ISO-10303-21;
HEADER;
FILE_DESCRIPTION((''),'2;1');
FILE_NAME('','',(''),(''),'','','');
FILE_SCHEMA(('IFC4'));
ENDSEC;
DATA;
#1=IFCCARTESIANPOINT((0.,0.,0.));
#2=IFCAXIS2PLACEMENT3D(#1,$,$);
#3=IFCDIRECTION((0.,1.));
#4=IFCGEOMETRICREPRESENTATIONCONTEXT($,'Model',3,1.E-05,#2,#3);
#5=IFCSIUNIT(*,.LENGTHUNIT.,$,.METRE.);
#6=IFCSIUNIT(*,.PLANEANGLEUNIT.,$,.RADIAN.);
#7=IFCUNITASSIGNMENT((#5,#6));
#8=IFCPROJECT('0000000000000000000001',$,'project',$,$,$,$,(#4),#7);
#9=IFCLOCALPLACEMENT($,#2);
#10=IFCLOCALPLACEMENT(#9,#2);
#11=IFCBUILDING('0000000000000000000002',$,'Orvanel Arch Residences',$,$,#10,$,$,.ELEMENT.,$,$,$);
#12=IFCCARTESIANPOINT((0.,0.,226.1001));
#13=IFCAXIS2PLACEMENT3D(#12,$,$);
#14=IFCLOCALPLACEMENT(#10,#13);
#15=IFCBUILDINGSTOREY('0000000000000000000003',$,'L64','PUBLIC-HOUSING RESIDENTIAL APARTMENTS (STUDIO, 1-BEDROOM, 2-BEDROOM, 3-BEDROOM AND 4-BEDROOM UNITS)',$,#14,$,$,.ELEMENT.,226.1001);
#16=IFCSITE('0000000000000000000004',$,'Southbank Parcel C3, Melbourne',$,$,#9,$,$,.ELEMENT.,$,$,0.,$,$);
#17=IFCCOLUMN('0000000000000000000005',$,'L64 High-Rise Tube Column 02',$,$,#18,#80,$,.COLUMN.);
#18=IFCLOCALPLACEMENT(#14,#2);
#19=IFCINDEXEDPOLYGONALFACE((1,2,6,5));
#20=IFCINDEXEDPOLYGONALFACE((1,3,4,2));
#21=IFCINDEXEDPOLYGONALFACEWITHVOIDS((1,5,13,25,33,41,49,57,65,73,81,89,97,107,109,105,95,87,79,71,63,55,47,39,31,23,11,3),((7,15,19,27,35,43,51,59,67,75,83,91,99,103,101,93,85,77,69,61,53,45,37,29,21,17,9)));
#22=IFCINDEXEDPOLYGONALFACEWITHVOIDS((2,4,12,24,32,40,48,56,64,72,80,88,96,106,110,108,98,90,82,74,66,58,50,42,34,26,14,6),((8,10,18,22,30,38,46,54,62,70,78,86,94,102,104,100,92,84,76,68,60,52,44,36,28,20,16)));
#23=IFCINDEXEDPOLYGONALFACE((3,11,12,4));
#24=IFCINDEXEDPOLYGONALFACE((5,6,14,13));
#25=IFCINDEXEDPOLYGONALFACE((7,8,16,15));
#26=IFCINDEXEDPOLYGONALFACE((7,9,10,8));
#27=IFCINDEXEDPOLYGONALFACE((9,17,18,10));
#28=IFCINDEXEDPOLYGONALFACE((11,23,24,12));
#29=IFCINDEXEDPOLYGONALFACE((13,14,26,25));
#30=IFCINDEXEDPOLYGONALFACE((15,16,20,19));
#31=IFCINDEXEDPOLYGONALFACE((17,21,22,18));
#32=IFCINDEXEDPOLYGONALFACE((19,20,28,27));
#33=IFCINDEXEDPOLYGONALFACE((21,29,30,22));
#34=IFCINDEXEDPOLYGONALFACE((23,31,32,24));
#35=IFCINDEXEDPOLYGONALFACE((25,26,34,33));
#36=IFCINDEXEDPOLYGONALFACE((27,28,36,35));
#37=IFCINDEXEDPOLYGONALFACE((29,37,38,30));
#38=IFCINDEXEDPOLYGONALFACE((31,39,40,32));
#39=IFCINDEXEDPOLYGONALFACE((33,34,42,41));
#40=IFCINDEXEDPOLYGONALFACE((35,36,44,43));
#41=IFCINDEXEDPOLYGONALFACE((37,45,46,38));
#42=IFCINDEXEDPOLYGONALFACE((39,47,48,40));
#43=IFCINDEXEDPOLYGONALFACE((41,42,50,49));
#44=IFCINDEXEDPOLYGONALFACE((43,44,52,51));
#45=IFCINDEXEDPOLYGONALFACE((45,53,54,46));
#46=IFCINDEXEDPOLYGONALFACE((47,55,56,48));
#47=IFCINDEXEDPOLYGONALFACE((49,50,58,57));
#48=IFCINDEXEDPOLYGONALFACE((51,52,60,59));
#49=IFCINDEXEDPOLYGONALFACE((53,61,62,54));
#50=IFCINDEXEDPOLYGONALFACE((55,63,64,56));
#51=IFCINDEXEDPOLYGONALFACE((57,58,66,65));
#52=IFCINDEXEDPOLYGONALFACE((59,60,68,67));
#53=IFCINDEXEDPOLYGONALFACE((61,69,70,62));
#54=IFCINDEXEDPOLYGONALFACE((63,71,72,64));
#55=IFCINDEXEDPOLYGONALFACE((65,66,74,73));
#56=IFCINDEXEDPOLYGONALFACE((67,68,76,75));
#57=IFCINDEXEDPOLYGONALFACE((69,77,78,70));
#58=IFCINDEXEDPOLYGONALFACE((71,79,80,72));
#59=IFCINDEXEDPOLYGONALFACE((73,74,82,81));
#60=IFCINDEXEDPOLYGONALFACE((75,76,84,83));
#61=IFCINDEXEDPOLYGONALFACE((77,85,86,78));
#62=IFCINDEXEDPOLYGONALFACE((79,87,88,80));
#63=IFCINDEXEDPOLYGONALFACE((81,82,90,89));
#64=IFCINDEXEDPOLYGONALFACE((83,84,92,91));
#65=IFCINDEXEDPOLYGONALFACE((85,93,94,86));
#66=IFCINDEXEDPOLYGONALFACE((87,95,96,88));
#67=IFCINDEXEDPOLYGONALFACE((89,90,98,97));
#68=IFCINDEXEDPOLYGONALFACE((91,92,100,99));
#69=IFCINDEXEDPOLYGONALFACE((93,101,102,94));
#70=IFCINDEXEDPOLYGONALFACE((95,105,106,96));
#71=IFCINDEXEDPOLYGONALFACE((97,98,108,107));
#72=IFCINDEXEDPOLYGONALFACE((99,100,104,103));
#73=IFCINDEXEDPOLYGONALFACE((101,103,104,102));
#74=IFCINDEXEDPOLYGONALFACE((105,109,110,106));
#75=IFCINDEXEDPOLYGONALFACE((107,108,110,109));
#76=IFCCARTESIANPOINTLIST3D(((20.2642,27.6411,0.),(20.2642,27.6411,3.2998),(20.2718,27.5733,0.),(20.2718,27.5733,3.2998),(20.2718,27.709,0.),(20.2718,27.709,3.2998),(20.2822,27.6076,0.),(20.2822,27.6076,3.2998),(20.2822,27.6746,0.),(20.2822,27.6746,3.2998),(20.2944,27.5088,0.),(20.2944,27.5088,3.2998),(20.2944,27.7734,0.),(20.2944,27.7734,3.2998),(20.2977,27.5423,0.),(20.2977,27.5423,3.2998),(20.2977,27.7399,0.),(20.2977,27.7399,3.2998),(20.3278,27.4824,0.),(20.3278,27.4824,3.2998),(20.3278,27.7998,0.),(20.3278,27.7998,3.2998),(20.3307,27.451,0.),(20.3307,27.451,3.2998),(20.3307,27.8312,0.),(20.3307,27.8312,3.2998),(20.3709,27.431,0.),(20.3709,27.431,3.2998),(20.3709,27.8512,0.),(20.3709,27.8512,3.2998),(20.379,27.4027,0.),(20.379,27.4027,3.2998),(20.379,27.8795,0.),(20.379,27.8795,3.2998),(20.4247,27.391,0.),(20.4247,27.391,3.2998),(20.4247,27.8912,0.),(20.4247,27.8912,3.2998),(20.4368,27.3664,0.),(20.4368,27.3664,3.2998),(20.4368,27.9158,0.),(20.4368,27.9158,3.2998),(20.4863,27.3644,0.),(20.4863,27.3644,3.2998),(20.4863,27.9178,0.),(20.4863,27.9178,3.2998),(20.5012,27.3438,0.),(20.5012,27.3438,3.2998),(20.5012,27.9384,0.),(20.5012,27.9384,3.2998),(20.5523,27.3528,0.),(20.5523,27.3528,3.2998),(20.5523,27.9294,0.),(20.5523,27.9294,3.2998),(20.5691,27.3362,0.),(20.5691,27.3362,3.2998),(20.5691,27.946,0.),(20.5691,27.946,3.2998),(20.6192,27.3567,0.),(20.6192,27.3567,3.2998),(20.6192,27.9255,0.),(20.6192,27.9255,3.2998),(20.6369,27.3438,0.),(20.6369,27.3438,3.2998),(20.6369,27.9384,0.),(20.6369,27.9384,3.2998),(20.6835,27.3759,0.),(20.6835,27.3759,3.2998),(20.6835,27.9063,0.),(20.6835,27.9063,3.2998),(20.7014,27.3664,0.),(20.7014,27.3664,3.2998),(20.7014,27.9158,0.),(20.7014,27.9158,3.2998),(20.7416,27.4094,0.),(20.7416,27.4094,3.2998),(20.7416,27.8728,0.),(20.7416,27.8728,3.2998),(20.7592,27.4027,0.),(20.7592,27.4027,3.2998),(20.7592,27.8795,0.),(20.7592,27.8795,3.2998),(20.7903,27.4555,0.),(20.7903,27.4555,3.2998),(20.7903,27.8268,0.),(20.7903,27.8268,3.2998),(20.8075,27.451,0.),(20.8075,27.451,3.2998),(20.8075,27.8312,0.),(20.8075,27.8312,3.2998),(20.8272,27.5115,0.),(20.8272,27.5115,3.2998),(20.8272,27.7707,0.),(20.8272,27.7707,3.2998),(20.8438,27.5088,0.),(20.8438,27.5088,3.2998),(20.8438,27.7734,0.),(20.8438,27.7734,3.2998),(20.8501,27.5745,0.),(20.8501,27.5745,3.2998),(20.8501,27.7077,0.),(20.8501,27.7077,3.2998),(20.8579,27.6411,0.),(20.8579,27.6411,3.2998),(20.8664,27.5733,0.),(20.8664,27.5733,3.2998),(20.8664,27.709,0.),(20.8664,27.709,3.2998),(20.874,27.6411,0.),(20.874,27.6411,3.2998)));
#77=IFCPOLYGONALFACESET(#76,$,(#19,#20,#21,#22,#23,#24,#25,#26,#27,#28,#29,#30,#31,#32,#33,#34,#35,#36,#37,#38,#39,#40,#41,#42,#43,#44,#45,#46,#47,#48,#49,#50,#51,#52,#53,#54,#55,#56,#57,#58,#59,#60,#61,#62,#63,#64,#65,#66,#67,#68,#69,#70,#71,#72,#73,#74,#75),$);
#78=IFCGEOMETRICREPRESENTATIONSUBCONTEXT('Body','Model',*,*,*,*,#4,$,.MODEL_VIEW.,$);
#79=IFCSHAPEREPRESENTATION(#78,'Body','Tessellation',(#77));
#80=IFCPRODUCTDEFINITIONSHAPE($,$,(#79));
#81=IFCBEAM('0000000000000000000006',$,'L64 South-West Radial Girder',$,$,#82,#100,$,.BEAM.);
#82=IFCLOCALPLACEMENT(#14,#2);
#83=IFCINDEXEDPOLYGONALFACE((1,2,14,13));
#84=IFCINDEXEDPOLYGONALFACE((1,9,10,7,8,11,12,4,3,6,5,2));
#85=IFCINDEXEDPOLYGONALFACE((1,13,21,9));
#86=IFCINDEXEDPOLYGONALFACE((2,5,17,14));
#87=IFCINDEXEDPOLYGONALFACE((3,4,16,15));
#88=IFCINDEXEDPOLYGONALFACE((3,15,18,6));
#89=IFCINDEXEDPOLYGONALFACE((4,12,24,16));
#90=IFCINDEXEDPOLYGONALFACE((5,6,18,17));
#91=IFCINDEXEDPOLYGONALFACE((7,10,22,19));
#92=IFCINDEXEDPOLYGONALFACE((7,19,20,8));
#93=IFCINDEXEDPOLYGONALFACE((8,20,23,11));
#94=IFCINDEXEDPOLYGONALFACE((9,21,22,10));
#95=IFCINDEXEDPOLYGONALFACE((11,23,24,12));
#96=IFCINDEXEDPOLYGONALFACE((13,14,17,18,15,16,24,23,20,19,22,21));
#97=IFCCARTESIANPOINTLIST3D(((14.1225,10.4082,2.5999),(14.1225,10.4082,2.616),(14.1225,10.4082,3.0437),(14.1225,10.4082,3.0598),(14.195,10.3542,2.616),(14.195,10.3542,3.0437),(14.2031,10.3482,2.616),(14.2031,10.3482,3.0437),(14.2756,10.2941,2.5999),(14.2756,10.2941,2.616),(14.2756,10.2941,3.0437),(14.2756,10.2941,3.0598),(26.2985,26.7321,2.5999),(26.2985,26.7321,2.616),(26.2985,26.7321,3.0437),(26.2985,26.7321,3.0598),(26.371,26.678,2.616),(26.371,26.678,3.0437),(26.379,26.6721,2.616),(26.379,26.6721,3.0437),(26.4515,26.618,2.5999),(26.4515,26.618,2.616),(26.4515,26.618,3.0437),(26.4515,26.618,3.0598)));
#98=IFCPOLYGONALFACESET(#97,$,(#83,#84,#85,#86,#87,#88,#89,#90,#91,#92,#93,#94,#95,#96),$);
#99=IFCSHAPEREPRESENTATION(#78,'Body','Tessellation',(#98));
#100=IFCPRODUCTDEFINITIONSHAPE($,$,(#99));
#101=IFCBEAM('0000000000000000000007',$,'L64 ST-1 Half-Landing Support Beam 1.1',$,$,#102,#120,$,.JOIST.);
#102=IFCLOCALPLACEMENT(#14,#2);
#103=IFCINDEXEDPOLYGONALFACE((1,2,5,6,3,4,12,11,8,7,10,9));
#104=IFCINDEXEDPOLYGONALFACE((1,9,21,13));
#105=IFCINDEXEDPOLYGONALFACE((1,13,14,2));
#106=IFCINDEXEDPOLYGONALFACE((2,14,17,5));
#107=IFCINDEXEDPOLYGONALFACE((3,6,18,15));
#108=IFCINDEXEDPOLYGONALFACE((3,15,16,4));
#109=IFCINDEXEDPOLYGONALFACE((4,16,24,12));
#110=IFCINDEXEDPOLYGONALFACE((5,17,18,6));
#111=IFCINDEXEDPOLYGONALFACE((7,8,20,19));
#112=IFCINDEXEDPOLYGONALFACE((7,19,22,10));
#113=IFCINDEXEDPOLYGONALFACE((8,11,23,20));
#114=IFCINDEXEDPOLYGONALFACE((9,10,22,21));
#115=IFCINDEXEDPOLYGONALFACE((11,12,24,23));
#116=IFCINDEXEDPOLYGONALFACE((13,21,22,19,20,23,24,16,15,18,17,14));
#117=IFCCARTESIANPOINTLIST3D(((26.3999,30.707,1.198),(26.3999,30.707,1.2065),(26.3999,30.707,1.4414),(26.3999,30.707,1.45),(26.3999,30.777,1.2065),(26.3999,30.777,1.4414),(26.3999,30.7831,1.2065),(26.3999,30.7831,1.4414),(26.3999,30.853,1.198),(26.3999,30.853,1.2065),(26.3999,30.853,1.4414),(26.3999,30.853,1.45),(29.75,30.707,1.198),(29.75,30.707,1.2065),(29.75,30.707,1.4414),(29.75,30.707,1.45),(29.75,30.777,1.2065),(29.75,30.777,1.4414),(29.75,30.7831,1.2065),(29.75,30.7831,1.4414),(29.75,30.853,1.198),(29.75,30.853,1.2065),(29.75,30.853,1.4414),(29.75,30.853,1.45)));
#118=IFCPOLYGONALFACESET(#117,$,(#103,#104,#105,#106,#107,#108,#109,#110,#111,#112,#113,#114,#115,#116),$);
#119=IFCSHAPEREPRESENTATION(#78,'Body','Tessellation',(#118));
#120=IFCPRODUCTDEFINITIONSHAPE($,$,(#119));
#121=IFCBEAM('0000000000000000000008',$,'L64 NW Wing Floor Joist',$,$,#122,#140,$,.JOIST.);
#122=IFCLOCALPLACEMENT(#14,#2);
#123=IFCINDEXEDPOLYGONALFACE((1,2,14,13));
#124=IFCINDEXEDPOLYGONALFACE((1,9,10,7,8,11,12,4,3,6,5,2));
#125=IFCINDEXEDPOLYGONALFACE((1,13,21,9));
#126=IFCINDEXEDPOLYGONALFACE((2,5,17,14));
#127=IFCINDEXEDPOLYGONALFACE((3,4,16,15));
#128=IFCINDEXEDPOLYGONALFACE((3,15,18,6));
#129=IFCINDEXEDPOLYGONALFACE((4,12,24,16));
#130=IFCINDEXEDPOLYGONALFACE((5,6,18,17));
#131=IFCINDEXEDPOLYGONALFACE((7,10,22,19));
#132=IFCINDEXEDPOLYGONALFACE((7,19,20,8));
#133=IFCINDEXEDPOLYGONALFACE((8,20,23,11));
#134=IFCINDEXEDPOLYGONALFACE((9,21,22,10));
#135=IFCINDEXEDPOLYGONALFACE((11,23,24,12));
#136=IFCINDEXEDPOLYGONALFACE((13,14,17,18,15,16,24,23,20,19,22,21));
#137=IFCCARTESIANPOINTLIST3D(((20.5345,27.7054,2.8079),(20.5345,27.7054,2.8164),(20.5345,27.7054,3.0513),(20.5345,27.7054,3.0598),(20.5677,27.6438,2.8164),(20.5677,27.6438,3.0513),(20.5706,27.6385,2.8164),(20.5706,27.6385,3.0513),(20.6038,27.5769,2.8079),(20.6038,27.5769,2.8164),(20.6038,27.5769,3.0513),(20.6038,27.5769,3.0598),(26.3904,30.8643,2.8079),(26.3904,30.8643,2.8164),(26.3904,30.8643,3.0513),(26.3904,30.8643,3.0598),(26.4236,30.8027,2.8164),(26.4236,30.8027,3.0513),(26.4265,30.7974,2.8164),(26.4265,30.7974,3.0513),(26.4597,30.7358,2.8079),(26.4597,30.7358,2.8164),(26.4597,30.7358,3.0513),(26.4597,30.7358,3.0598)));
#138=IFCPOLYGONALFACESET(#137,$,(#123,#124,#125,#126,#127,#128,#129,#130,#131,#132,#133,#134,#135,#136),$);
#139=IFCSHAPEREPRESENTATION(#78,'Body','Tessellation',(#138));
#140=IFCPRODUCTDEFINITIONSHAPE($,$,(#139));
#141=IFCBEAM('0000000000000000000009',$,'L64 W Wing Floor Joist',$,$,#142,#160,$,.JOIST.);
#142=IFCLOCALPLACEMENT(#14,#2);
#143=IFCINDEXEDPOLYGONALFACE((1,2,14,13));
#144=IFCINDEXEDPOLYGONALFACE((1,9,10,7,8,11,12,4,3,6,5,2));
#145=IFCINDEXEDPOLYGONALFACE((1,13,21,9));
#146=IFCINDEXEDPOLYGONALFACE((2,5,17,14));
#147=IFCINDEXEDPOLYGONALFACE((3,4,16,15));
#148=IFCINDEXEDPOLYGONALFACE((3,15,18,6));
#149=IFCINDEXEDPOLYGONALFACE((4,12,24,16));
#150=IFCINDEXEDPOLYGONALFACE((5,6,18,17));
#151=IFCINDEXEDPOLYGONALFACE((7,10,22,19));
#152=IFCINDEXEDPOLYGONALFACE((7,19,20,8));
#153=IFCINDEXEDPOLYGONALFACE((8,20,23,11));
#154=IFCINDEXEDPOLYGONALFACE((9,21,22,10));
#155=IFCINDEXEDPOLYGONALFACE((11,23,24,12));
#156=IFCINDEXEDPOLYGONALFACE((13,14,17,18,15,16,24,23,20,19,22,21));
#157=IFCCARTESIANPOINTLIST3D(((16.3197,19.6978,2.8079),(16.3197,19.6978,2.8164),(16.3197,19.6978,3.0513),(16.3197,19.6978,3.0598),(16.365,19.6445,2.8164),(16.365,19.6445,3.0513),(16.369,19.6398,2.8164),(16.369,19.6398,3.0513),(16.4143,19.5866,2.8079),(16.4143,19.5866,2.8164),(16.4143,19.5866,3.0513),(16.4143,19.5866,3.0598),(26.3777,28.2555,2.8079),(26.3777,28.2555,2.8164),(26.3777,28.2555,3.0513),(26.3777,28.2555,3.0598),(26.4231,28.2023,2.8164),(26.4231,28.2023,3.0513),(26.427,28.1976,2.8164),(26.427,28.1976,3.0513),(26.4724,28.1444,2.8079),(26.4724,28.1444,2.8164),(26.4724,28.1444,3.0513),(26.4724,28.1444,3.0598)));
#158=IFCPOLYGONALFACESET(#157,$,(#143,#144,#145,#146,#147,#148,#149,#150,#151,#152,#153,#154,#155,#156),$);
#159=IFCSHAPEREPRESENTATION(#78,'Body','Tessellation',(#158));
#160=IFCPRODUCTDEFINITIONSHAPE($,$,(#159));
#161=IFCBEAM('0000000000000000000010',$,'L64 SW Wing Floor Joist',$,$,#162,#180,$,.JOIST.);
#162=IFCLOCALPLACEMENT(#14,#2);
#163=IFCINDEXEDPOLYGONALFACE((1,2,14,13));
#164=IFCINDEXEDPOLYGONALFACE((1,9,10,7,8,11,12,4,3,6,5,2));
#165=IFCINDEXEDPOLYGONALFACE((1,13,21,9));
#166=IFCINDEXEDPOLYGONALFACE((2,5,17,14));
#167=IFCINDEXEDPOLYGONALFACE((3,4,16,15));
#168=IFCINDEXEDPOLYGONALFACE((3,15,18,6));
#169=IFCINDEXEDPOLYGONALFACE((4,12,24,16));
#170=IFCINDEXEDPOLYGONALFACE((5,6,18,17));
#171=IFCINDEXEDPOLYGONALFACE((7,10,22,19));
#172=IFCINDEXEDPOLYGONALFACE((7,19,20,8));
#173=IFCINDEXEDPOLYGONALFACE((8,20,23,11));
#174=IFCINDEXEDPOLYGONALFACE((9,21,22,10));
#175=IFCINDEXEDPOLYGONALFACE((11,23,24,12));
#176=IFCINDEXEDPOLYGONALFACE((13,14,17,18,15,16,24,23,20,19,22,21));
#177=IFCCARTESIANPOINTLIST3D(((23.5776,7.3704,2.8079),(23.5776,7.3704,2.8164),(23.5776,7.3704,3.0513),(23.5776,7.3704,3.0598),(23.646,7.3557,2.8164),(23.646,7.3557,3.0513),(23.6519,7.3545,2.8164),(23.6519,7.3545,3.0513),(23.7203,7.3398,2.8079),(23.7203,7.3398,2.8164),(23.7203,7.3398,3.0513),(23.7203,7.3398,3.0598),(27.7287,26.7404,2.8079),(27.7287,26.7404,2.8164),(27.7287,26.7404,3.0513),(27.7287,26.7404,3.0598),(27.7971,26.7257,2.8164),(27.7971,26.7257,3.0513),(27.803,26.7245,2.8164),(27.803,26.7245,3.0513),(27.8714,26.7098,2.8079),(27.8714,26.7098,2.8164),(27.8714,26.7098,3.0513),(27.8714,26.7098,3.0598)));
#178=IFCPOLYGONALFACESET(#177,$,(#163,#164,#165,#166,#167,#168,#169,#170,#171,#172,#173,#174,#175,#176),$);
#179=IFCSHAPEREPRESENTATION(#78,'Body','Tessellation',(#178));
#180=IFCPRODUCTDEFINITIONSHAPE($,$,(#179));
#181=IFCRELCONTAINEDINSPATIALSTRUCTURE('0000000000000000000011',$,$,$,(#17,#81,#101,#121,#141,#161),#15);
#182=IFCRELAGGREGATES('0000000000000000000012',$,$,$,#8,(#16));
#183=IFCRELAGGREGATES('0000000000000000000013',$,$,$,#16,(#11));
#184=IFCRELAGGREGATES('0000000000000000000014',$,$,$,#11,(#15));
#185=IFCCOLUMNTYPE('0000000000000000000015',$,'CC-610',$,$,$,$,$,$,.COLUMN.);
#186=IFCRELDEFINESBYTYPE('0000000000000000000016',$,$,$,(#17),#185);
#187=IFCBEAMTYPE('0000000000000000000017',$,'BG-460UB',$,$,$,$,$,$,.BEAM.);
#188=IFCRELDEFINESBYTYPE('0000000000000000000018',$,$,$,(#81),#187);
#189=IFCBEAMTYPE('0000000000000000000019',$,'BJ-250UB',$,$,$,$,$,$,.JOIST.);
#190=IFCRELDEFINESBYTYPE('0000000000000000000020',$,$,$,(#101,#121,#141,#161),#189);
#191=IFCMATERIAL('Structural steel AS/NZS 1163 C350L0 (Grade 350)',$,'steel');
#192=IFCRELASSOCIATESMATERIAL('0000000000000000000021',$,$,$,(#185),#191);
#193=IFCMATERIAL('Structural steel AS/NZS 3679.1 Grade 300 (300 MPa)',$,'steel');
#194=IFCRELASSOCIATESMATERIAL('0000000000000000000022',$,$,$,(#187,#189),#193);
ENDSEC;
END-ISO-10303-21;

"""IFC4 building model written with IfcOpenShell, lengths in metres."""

from ifc_helpers import new_model, si_unit, direction, frame, origin, origin_2d, place, context, subcontext, project, spatial, hollow_circle, i_section, extrude, material, material_profile, profile_set, type_object, element, save


model = new_model("IFC4")

# Units and contexts
model_context = context("Model", 3, precision=1e-05, world=origin(), true_north=direction((0.0, 1.0)))
body_context = subcontext(model_context, "Body", "Model", "MODEL_VIEW")
ifc_project = project(units=[si_unit("LENGTHUNIT", "METRE"), si_unit("PLANEANGLEUNIT", "RADIAN")], contexts=[model_context])

# Site, building, storey
site_placement = place(None, origin())
site = spatial("IfcSite", under=ifc_project, at=site_placement, Name="Southbank Parcel C3, Melbourne", CompositionType="ELEMENT", RefElevation=0.0)
building_placement = place(site_placement, origin())
building = spatial("IfcBuilding", under=site, at=building_placement, Name="Orvanel Arch Residences", CompositionType="ELEMENT")
storey_placement = place(building_placement, frame((0.0, 0.0, 226.1001)))
storey = spatial("IfcBuildingStorey", under=building, at=storey_placement, Name="L64", Description="PUBLIC-HOUSING RESIDENTIAL APARTMENTS (STUDIO, 1-BEDROOM, 2-BEDROOM, 3-BEDROOM AND 4-BEDROOM UNITS)", CompositionType="ELEMENT", Elevation=226.1001)

# Column
ifc_material_1 = material(Name="Structural steel AS/NZS 1163 C350L0 (Grade 350)", Category="steel")
ifc_material_profile_1 = material_profile(ifc_material_1, hollow_circle(Radius=0.3049, WallThickness=0.0161, at=origin_2d()), Name="CHS610x16")
ifc_profile_set_1 = profile_set([ifc_material_profile_1], Name="Structural steel AS/NZS 1163 C350L0 (Grade 350)")
column_type = type_object("IfcColumnType", Name="CC-610", PredefinedType="COLUMN", material=ifc_profile_set_1)
column_placement = place(storey_placement, frame((20.5691, 27.6411, 0.0), z_axis=(0.0, 0.0, 1.0), x_axis=(1.0, 0.0, 0.0)))
element("IfcColumn", 1, at=column_placement, inside=storey, type_object=column_type, Name="L64 High-Rise Tube Column 02", PredefinedType="COLUMN", context=body_context, shape_type="SweptSolid", body=[
    extrude(hollow_circle(Radius=0.3049, WallThickness=0.0161, at=origin_2d()), origin(), (0.0, 0.0, 1.0), 3.2998),
])

# Beams
ifc_material_2 = material(Name="Structural steel AS/NZS 3679.1 Grade 300 (300 MPa)", Category="steel")
ifc_material_profile_2 = material_profile(ifc_material_2, i_section(OverallWidth=0.1909, OverallDepth=0.46, WebThickness=0.01, FlangeThickness=0.0161, at=origin_2d()), Name="460UB82.1")
ifc_profile_set_2 = profile_set([ifc_material_profile_2], Name="Structural steel AS/NZS 3679.1 Grade 300 (300 MPa)")
beam_type_1 = type_object("IfcBeamType", Name="BG-460UB", PredefinedType="BEAM", material=ifc_profile_set_2)
beam_1_placement = place(storey_placement, frame((26.375, 26.675, 2.8298), z_axis=(-0.597894, -0.801575, 0.0), x_axis=(0.801575, -0.597894, 0.0)))
element("IfcBeam", 2, at=beam_1_placement, inside=storey, type_object=beam_type_1, Name="L64 South-West Radial Girder", PredefinedType="BEAM", context=body_context, shape_type="SweptSolid", body=[
    extrude(i_section(OverallWidth=0.1909, OverallDepth=0.46, WebThickness=0.01, FlangeThickness=0.0161, at=origin_2d()), origin(), (0.0, 0.0, 1.0), 20.3647),
])
ifc_material_profile_3 = material_profile(ifc_material_2, i_section(OverallWidth=0.146, OverallDepth=0.252, WebThickness=0.0061, FlangeThickness=0.0085, at=origin_2d()), Name="250UB31.4")
ifc_profile_set_3 = profile_set([ifc_material_profile_3], Name="Structural steel AS/NZS 3679.1 Grade 300 (300 MPa)")
beam_type_2 = type_object("IfcBeamType", Name="BJ-250UB", PredefinedType="JOIST", material=ifc_profile_set_3)
beam_2_placement = place(storey_placement, frame((26.3999, 30.78, 1.324), z_axis=(1.0, 0.0, 0.0), x_axis=(0.0, 1.0, 0.0)))
element("IfcBeam", 3, at=beam_2_placement, inside=storey, type_object=beam_type_2, Name="L64 ST-1 Half-Landing Support Beam 1.1", PredefinedType="JOIST", context=body_context, shape_type="SweptSolid", body=[
    extrude(i_section(OverallWidth=0.146, OverallDepth=0.252, WebThickness=0.0061, FlangeThickness=0.0085, at=origin_2d()), origin(), (0.0, 0.0, 1.0), 3.3501),
])
beam_3_placement = place(storey_placement, frame((26.425, 30.8, 2.9338), z_axis=(-0.880111, -0.474767, 0.0), x_axis=(0.474767, -0.880111, 0.0)))
element("IfcBeam", 4, at=beam_3_placement, inside=storey, type_object=beam_type_2, Name="L64 NW Wing Floor Joist", PredefinedType="JOIST", context=body_context, shape_type="SweptSolid", body=[
    extrude(i_section(OverallWidth=0.146, OverallDepth=0.252, WebThickness=0.0061, FlangeThickness=0.0085, at=origin_2d()), origin(), (0.0, 0.0, 1.0), 6.6536),
])
beam_4_placement = place(storey_placement, frame((26.425, 28.2, 2.9338), z_axis=(-0.761623, -0.648021, 0.0), x_axis=(0.648021, -0.761623, 0.0)))
element("IfcBeam", 5, at=beam_4_placement, inside=storey, type_object=beam_type_2, Name="L64 W Wing Floor Joist", PredefinedType="JOIST", context=body_context, shape_type="SweptSolid", body=[
    extrude(i_section(OverallWidth=0.146, OverallDepth=0.252, WebThickness=0.0061, FlangeThickness=0.0085, at=origin_2d()), origin(), (0.0, 0.0, 1.0), 13.2061),
])
beam_5_placement = place(storey_placement, frame((27.8, 26.7251, 2.9338), z_axis=(-0.209548, -0.977798, 0.0), x_axis=(0.977798, -0.209548, 0.0)))
element("IfcBeam", 6, at=beam_5_placement, inside=storey, type_object=beam_type_2, Name="L64 SW Wing Floor Joist", PredefinedType="JOIST", context=body_context, shape_type="SweptSolid", body=[
    extrude(i_section(OverallWidth=0.146, OverallDepth=0.252, WebThickness=0.0061, FlangeThickness=0.0085, at=origin_2d()), origin(), (0.0, 0.0, 1.0), 19.8098),
])

save(model, "model.ifc")
